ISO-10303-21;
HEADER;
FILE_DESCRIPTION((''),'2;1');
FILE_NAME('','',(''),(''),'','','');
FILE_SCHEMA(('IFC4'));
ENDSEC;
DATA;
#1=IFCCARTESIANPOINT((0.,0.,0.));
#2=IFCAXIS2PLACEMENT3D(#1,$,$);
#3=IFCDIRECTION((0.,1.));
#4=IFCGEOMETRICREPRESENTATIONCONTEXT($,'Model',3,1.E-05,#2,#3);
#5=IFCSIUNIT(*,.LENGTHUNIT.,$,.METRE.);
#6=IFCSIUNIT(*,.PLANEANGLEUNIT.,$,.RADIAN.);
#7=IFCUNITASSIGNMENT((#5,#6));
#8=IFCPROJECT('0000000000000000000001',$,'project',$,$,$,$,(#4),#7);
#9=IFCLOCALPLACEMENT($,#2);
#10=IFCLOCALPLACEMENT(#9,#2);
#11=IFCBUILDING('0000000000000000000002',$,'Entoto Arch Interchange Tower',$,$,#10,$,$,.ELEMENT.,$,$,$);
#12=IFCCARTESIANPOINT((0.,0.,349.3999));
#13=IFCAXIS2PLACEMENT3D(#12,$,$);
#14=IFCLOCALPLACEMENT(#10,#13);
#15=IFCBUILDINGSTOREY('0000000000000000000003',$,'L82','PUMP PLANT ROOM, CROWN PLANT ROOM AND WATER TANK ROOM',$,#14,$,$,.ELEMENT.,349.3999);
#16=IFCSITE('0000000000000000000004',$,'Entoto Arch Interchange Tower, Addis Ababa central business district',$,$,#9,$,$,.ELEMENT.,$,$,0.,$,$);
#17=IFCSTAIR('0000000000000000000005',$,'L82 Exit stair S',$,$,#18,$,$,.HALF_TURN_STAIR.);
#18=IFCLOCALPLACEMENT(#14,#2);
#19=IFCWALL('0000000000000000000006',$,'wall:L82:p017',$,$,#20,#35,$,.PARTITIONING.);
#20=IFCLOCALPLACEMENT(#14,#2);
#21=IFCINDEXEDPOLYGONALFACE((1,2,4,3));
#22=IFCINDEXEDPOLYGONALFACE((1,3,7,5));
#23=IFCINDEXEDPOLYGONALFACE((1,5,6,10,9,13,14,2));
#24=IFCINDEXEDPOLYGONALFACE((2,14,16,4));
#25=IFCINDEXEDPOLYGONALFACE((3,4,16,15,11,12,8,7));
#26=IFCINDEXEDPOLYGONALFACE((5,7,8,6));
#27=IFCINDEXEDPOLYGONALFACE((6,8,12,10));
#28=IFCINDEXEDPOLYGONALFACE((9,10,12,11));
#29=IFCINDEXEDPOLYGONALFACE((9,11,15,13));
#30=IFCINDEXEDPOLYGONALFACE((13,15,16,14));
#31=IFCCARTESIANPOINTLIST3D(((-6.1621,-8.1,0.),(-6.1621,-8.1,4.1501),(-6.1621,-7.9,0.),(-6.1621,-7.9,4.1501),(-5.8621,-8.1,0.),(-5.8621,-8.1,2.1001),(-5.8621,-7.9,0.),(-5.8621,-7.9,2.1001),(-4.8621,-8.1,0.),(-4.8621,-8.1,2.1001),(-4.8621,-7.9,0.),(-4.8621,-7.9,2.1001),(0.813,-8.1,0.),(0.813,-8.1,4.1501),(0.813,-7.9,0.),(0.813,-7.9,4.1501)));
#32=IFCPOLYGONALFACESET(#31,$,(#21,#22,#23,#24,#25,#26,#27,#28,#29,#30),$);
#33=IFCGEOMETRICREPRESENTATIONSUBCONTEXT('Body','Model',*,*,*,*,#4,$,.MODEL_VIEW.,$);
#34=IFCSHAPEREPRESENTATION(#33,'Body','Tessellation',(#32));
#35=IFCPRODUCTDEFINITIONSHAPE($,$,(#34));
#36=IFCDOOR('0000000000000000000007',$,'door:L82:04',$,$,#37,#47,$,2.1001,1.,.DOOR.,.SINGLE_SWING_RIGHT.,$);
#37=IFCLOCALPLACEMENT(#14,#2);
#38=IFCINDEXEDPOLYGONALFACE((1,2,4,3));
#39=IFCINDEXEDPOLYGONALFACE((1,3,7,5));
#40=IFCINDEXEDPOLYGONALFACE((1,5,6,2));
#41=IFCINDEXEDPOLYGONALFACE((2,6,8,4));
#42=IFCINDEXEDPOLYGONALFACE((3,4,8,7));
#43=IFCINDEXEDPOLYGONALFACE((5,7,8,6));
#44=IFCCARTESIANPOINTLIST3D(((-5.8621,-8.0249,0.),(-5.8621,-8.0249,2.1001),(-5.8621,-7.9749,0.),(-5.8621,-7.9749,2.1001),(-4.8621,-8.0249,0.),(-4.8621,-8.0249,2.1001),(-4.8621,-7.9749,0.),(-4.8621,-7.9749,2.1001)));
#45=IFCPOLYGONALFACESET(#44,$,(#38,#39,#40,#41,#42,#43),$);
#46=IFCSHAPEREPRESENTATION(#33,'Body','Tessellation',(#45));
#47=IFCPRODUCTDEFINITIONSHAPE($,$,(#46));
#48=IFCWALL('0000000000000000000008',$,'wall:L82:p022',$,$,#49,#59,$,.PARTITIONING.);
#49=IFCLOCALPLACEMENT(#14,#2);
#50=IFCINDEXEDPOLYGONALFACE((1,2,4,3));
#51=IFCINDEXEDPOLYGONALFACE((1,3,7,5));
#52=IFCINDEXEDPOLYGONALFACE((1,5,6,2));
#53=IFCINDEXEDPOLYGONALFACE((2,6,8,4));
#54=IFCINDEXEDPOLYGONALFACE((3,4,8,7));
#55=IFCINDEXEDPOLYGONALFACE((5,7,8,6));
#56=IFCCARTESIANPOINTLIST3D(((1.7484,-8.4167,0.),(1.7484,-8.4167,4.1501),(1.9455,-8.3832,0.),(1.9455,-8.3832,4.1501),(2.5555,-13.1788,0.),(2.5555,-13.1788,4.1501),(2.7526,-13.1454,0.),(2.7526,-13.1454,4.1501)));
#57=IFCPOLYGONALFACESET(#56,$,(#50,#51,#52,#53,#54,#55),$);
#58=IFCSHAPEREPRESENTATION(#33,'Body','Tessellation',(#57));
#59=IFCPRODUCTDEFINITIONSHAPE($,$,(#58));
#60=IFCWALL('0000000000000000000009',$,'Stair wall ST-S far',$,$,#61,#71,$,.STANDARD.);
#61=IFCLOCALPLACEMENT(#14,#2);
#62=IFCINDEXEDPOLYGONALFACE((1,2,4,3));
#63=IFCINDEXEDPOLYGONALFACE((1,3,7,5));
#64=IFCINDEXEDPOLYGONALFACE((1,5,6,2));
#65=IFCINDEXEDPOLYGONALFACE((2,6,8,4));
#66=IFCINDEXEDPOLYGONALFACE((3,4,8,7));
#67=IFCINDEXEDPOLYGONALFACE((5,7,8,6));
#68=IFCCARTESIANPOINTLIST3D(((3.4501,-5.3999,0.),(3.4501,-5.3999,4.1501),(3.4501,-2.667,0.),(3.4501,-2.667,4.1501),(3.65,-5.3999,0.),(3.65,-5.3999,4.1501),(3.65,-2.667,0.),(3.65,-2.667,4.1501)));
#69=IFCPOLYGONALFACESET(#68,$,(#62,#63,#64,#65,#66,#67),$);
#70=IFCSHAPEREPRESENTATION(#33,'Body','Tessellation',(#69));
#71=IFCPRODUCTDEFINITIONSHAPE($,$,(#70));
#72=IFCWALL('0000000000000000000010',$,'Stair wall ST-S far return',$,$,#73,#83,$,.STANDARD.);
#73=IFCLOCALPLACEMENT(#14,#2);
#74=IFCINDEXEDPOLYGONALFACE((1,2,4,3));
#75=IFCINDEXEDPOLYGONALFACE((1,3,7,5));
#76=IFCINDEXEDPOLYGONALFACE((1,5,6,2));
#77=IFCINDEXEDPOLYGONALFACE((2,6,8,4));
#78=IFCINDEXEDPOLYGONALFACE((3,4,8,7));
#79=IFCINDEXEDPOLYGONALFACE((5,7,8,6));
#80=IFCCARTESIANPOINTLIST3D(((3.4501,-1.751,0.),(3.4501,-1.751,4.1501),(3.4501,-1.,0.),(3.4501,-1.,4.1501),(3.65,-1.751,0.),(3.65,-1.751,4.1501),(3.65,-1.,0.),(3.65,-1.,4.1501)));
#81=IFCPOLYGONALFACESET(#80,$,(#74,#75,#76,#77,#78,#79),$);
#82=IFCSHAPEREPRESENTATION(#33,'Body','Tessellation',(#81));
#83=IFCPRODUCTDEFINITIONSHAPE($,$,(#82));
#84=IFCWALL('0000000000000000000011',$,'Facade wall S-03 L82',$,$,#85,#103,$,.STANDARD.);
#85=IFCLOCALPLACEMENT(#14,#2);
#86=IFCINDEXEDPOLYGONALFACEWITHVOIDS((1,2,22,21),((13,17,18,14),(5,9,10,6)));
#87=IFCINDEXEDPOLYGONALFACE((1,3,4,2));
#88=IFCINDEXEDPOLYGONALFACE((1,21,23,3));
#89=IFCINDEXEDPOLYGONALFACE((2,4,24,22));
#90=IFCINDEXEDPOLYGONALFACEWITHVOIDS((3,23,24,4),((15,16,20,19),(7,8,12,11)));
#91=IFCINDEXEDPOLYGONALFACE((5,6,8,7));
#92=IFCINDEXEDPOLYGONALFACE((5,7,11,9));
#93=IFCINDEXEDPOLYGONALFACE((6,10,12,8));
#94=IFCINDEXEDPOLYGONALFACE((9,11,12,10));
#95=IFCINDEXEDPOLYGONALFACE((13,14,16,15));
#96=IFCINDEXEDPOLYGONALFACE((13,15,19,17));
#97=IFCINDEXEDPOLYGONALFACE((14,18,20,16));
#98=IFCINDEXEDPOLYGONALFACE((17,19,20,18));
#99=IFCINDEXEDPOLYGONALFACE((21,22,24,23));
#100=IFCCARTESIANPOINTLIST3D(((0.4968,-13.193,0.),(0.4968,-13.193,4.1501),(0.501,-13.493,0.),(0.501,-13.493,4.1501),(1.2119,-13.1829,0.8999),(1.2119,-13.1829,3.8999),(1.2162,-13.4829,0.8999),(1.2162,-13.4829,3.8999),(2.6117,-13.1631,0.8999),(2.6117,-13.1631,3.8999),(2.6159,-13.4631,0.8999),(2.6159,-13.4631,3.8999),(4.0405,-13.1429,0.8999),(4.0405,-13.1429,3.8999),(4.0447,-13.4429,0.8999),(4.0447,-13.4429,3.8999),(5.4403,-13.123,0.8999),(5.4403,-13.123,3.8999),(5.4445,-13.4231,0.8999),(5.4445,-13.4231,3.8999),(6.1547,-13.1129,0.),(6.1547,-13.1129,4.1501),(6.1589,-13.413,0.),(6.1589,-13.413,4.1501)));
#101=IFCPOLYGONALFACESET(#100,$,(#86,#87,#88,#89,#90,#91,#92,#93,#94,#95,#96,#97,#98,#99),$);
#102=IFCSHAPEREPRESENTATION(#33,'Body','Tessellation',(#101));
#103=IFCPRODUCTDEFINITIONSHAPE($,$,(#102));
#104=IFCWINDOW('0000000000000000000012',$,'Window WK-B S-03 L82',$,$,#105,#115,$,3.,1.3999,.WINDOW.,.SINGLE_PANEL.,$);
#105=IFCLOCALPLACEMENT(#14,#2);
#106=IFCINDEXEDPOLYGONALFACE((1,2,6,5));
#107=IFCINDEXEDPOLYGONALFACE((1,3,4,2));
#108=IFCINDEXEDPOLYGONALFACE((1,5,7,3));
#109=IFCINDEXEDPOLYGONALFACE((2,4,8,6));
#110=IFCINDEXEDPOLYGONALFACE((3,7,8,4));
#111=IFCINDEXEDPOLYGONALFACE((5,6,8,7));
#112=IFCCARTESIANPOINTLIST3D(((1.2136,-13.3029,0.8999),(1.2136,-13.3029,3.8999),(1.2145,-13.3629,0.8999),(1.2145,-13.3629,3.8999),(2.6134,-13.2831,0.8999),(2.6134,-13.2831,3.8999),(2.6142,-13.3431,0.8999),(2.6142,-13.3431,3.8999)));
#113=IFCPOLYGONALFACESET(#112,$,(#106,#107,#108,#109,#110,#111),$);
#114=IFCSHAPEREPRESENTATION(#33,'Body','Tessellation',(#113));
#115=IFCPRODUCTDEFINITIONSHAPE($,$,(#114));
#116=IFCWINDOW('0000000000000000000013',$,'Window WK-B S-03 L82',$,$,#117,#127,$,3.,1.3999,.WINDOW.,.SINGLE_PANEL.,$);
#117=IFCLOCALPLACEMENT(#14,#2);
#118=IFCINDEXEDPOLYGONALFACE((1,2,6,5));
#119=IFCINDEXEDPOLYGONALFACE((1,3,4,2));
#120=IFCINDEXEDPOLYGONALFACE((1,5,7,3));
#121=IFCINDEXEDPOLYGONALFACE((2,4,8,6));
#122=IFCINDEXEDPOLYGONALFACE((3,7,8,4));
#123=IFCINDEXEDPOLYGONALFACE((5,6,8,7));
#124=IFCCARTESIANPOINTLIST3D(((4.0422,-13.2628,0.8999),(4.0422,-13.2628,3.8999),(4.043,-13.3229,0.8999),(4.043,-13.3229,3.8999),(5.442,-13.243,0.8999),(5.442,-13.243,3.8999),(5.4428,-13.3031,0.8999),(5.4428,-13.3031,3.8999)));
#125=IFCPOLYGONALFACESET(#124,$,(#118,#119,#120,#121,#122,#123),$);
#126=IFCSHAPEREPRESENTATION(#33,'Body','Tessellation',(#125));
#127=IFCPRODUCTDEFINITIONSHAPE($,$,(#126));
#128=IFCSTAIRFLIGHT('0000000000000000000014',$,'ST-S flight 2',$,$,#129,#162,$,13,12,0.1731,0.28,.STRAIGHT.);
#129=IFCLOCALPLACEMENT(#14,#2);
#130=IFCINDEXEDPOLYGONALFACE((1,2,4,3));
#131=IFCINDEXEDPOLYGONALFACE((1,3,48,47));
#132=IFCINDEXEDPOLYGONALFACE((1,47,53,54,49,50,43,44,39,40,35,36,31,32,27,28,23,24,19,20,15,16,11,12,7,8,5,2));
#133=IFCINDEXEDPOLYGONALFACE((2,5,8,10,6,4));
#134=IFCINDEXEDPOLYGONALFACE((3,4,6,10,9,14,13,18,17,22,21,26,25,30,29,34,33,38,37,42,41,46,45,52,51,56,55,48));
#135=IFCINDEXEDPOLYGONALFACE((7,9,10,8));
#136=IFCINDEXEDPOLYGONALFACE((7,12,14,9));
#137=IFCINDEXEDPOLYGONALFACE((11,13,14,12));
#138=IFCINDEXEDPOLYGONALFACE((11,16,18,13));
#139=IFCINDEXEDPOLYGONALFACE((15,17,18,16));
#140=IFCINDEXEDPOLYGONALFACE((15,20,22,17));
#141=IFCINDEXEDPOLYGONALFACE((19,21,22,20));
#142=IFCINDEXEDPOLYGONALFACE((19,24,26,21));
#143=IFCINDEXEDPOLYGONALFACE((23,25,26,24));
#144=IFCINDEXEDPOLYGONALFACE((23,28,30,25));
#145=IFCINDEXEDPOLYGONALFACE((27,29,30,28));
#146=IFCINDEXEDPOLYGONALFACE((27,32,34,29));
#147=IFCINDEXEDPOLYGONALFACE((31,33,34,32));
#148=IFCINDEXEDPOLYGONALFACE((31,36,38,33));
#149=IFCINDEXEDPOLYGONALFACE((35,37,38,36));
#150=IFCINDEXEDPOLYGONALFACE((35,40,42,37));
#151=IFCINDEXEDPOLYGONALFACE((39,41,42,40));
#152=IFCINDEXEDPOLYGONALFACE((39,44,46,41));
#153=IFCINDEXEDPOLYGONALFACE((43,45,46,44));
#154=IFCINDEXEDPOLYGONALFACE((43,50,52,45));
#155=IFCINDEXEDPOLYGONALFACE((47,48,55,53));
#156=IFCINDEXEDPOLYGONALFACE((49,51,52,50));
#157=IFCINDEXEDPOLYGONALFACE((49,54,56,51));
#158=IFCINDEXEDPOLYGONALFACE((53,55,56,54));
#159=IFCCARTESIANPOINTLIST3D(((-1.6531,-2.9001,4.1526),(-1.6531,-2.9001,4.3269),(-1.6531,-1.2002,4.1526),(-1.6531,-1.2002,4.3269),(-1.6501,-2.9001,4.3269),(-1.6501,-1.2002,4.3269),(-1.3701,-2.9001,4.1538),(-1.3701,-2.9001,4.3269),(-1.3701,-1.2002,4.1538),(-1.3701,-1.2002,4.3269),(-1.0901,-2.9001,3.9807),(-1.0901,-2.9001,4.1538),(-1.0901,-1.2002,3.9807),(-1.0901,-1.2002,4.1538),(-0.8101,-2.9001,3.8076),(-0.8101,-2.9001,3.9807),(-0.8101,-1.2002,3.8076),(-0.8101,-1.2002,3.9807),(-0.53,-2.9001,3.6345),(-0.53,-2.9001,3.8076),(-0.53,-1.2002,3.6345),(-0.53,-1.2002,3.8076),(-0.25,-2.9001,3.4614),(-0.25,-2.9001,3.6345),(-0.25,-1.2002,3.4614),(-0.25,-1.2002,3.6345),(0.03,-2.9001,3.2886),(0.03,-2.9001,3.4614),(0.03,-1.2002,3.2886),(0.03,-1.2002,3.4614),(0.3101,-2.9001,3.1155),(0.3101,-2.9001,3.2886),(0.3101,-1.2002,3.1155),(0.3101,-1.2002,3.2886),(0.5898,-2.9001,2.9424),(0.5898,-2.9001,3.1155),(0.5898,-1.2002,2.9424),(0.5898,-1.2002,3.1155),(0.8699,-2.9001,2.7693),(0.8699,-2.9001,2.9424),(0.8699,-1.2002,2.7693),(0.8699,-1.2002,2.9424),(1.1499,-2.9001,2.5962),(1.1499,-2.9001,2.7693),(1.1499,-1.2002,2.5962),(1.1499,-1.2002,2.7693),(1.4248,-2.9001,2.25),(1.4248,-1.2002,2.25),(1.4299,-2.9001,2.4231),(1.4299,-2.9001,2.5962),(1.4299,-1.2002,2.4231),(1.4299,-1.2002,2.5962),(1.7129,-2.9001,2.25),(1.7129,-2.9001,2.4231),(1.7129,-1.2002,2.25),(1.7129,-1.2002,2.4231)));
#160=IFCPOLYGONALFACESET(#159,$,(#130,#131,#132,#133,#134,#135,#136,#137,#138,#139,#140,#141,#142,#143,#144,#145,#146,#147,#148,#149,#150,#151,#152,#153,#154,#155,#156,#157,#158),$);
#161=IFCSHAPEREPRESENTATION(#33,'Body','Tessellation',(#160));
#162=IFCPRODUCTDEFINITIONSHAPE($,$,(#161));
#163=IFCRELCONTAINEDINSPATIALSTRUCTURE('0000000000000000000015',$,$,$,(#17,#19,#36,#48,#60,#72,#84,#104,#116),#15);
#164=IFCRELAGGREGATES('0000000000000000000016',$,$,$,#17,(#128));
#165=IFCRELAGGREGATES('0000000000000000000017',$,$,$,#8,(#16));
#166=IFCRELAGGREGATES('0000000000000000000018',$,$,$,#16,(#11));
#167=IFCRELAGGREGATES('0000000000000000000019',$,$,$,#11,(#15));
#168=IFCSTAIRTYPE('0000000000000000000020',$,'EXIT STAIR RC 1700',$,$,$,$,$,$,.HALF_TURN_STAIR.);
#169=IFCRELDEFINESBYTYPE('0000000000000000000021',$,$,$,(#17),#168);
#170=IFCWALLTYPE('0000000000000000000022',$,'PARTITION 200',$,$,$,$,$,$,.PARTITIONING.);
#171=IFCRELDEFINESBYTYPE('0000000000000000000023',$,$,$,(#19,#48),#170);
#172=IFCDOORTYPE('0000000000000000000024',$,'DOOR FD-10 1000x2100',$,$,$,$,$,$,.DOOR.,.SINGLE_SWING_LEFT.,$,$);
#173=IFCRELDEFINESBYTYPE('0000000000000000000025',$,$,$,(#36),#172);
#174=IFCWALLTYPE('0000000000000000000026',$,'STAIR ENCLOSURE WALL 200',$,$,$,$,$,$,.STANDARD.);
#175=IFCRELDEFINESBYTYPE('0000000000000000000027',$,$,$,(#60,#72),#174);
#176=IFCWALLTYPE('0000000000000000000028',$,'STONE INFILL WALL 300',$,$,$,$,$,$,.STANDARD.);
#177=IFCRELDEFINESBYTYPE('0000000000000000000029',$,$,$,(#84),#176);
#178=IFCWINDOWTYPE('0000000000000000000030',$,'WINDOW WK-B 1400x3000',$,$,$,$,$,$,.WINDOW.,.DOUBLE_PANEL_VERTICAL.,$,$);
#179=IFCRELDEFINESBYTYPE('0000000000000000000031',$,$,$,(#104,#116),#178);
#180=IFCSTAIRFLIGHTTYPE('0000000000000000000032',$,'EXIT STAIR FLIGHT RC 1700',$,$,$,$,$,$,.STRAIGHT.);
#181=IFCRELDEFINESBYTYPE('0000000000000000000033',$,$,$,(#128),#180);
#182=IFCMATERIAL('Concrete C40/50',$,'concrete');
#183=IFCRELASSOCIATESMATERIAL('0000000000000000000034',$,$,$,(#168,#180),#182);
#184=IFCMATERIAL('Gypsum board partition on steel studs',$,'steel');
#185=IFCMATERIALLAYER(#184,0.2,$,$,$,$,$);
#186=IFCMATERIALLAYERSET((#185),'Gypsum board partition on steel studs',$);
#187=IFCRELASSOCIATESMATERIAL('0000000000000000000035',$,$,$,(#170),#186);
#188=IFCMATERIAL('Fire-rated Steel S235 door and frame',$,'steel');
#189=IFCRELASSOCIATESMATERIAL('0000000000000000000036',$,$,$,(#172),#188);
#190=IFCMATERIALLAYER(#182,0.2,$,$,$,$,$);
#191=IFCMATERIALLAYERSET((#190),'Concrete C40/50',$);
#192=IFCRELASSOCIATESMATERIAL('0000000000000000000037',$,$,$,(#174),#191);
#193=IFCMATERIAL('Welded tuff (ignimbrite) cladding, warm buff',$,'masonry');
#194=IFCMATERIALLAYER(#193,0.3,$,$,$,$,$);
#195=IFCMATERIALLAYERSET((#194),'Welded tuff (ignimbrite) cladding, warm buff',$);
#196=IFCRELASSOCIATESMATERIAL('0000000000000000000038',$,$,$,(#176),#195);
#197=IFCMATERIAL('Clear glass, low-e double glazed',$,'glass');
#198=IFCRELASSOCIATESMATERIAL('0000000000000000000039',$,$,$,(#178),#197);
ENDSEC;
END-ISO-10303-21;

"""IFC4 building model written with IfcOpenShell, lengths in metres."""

from ifc_helpers import new_model, si_unit, direction, frame, frame_2d, origin, place, context, subcontext, project, spatial, polyline, rectangle, outline, extrude, material, layer, layer_set, type_object, element, fill, aggregate, save


model = new_model("IFC4")

# Units and contexts
model_context = context("Model", 3, precision=1e-05, world=origin(), true_north=direction((0.0, 1.0)))
body_context = subcontext(model_context, "Body", "Model", "MODEL_VIEW")
ifc_project = project(units=[si_unit("LENGTHUNIT", "METRE"), si_unit("PLANEANGLEUNIT", "RADIAN")], contexts=[model_context])

# Site, building, storey
site_placement = place(None, origin())
site = spatial("IfcSite", under=ifc_project, at=site_placement, Name="Entoto Arch Interchange Tower, Addis Ababa central business district", CompositionType="ELEMENT", RefElevation=0.0)
building_placement = place(site_placement, origin())
building = spatial("IfcBuilding", under=site, at=building_placement, Name="Entoto Arch Interchange Tower", CompositionType="ELEMENT")
storey_placement = place(building_placement, frame((0.0, 0.0, 349.3999)))
storey = spatial("IfcBuildingStorey", under=building, at=storey_placement, Name="L82", Description="PUMP PLANT ROOM, CROWN PLANT ROOM AND WATER TANK ROOM", CompositionType="ELEMENT", Elevation=349.3999)

# Shared definitions
ifc_material_1 = material(Name="Concrete C40/50", Category="concrete")

# Stair
stair_type = type_object("IfcStairType", Name="EXIT STAIR RC 1700", PredefinedType="HALF_TURN_STAIR", material=ifc_material_1)
stair_1_placement = place(storey_placement, origin())
stair_1 = element("IfcStair", 1, at=stair_1_placement, inside=storey, type_object=stair_type, Name="L82 Exit stair S", PredefinedType="HALF_TURN_STAIR")

# Shared definitions
ifc_material_2 = material(Name="Gypsum board partition on steel studs", Category="steel")
ifc_layer_1 = layer(ifc_material_2, 0.2)
ifc_layer_set_1 = layer_set([ifc_layer_1], Name="Gypsum board partition on steel studs")
wall_type_1 = type_object("IfcWallType", Name="PARTITION 200", PredefinedType="PARTITIONING", material=ifc_layer_set_1)
ifc_material_3 = material(Name="Fire-rated Steel S235 door and frame", Category="steel")
door_type_1 = type_object("IfcDoorType", Name="DOOR FD-10 1000x2100", OperationType="SINGLE_SWING_LEFT", PredefinedType="DOOR", material=ifc_material_3)

# Wall, opening, door
wall_1_placement = place(storey_placement, frame((0.813, -8.0, 0.0), z_axis=(0.0, 0.0, 1.0), x_axis=(-1.0, 0.0, 0.0)))
wall_1 = element("IfcWall", 2, at=wall_1_placement, inside=storey, type_object=wall_type_1, Name="wall:L82:p017", PredefinedType="PARTITIONING", context=body_context, shape_type="SweptSolid", body=[
    extrude(rectangle(XDim=6.9751, YDim=0.2, at=frame_2d((3.4875, 0.0))), origin(), (0.0, 0.0, 1.0), 4.1501),
])
opening_1_placement = place(wall_1_placement, frame((5.675, 0.0, 0.0)))
opening_1 = element("IfcOpeningElement", 3, at=opening_1_placement, cuts=wall_1, PredefinedType="OPENING", context=body_context, shape_type="SweptSolid", body=[
    extrude(rectangle(XDim=1.0, YDim=2.1001, at=frame_2d((0.5, 1.05))), frame((0.0, 0.1099, 0.0), z_axis=(0.0, -1.0, 0.0), x_axis=(1.0, 0.0, 0.0)), (0.0, 0.0, 1.0), 0.22),
])
door_1_placement = place(opening_1_placement, origin())
door_1 = element("IfcDoor", 4, at=door_1_placement, inside=storey, type_object=door_type_1, Name="door:L82:04", OperationType="SINGLE_SWING_RIGHT", OverallHeight=2.1001, OverallWidth=1.0, PredefinedType="DOOR", context=body_context, shape_type="SweptSolid", body=[
    extrude(rectangle(XDim=1.0, YDim=2.1001, at=frame_2d((0.5, 1.05))), frame((0.0, 0.0249, 0.0), z_axis=(0.0, -1.0, 0.0), x_axis=(1.0, 0.0, 0.0)), (0.0, 0.0, 1.0), 0.05),
])
fill(opening_1, door_1)

# Walls
wall_2_placement = place(storey_placement, frame((2.6541, -13.1621, 0.0), z_axis=(0.0, 0.0, 1.0), x_axis=(-0.167103, 0.985939, 0.0)))
element("IfcWall", 5, at=wall_2_placement, inside=storey, type_object=wall_type_1, Name="wall:L82:p022", PredefinedType="PARTITIONING", context=body_context, shape_type="SweptSolid", body=[
    extrude(rectangle(XDim=4.8301, YDim=0.2, at=frame_2d((2.415, 0.0))), origin(), (0.0, 0.0, 1.0), 4.1501),
])
ifc_layer_2 = layer(ifc_material_1, 0.2)
ifc_layer_set_2 = layer_set([ifc_layer_2], Name="Concrete C40/50")
wall_type_2 = type_object("IfcWallType", Name="STAIR ENCLOSURE WALL 200", PredefinedType="STANDARD", material=ifc_layer_set_2)
wall_3_placement = place(storey_placement, frame((3.55, -2.667, 0.0), z_axis=(0.0, 0.0, 1.0), x_axis=(0.0, -1.0, 0.0)))
element("IfcWall", 6, at=wall_3_placement, inside=storey, type_object=wall_type_2, Name="Stair wall ST-S far", PredefinedType="STANDARD", context=body_context, shape_type="SweptSolid", body=[
    extrude(rectangle(XDim=2.7329, YDim=0.2, at=frame_2d((1.3665, 0.0))), origin(), (0.0, 0.0, 1.0), 4.1501),
])
wall_4_placement = place(storey_placement, frame((3.55, -1.0, 0.0), z_axis=(0.0, 0.0, 1.0), x_axis=(0.0, -1.0, 0.0)))
element("IfcWall", 7, at=wall_4_placement, inside=storey, type_object=wall_type_2, Name="Stair wall ST-S far return", PredefinedType="STANDARD", context=body_context, shape_type="SweptSolid", body=[
    extrude(rectangle(XDim=0.751, YDim=0.2, at=frame_2d((0.3755, 0.0))), origin(), (0.0, 0.0, 1.0), 4.1501),
])

# Wall, openings, windows
ifc_material_4 = material(Name="Welded tuff (ignimbrite) cladding, warm buff", Category="masonry")
ifc_layer_3 = layer(ifc_material_4, 0.3)
ifc_layer_set_3 = layer_set([ifc_layer_3], Name="Welded tuff (ignimbrite) cladding, warm buff")
wall_type_3 = type_object("IfcWallType", Name="STONE INFILL WALL 300", PredefinedType="STANDARD", material=ifc_layer_set_3)
wall_5_placement = place(storey_placement, frame((0.499, -13.343, 0.0), z_axis=(0.0, 0.0, 1.0), x_axis=(0.9999, 0.014152, 0.0)))
wall_5 = element("IfcWall", 8, at=wall_5_placement, inside=storey, type_object=wall_type_3, Name="Facade wall S-03 L82", PredefinedType="STANDARD", context=body_context, shape_type="SweptSolid", body=[
    extrude(rectangle(XDim=5.6584, YDim=0.3, at=frame_2d((2.8291, 0.0))), origin(), (0.0, 0.0, 1.0), 4.1501),
])
opening_2_placement = place(wall_5_placement, frame((0.7151, 0.0, 0.8999)))
opening_2 = element("IfcOpeningElement", 9, at=opening_2_placement, cuts=wall_5, PredefinedType="OPENING", context=body_context, shape_type="SweptSolid", body=[
    extrude(rectangle(XDim=1.3999, YDim=3.0, at=frame_2d((0.7, 1.5))), frame((0.0, 0.1602, 0.0), z_axis=(0.0, -1.0, 0.0), x_axis=(1.0, 0.0, 0.0)), (0.0, 0.0, 1.0), 0.3201),
])
opening_3_placement = place(wall_5_placement, frame((3.5439, 0.0, 0.8999)))
opening_3 = element("IfcOpeningElement", 10, at=opening_3_placement, cuts=wall_5, PredefinedType="OPENING", context=body_context, shape_type="SweptSolid", body=[
    extrude(rectangle(XDim=1.3999, YDim=3.0, at=frame_2d((0.7, 1.5))), frame((0.0, 0.1602, 0.0), z_axis=(0.0, -1.0, 0.0), x_axis=(1.0, 0.0, 0.0)), (0.0, 0.0, 1.0), 0.3201),
])
ifc_material_5 = material(Name="Clear glass, low-e double glazed", Category="glass")
window_type = type_object("IfcWindowType", Name="WINDOW WK-B 1400x3000", PartitioningType="DOUBLE_PANEL_VERTICAL", PredefinedType="WINDOW", material=ifc_material_5)
window_1_placement = place(opening_2_placement, origin())
window_1 = element("IfcWindow", 11, at=window_1_placement, inside=storey, type_object=window_type, Name="Window WK-B S-03 L82", OverallHeight=3.0, OverallWidth=1.3999, PartitioningType="SINGLE_PANEL", PredefinedType="WINDOW", context=body_context, shape_type="SweptSolid", body=[
    extrude(rectangle(XDim=1.3999, YDim=3.0, at=frame_2d((0.7, 1.5))), frame((0.0, 0.03, 0.0), z_axis=(0.0, -1.0, 0.0), x_axis=(1.0, 0.0, 0.0)), (0.0, 0.0, 1.0), 0.0601),
])
fill(opening_2, window_1)
window_2_placement = place(opening_3_placement, origin())
window_2 = element("IfcWindow", 12, at=window_2_placement, inside=storey, type_object=window_type, Name="Window WK-B S-03 L82", OverallHeight=3.0, OverallWidth=1.3999, PartitioningType="SINGLE_PANEL", PredefinedType="WINDOW", context=body_context, shape_type="SweptSolid", body=[
    extrude(rectangle(XDim=1.3999, YDim=3.0, at=frame_2d((0.7, 1.5))), frame((0.0, 0.03, 0.0), z_axis=(0.0, -1.0, 0.0), x_axis=(1.0, 0.0, 0.0)), (0.0, 0.0, 1.0), 0.0601),
])
fill(opening_3, window_2)

# Stair flight
stair_flight_type = type_object("IfcStairFlightType", Name="EXIT STAIR FLIGHT RC 1700", PredefinedType="STRAIGHT", material=ifc_material_1)
stair_flight_placement = place(storey_placement, frame((1.71, -2.05, 2.25), z_axis=(0.0, 0.0, 1.0), x_axis=(-1.0, 0.0, 0.0)))
stair_flight = element("IfcStairFlight", 13, at=stair_flight_placement, type_object=stair_flight_type, Name="ST-S flight 2", NumberOfRisers=13, NumberOfTreads=12, PredefinedType="STRAIGHT", RiserHeight=0.1731, TreadLength=0.28, context=body_context, shape_type="SweptSolid", body=[
    extrude(outline(polyline([(-0.0029, 0.0), (-0.0029, 0.1731), (0.28, 0.1731), (0.28, 0.3462), (0.5601, 0.3462), (0.5601, 0.5193), (0.8401, 0.5193), (0.8401, 0.6924), (1.1201, 0.6924), (1.1201, 0.8655), (1.3999, 0.8655), (1.3999, 1.0386), (1.6799, 1.0386), (1.6799, 1.2114), (1.96, 1.2114), (1.96, 1.3845), (2.24, 1.3845), (2.24, 1.5576), (2.52, 1.5576), (2.52, 1.7307), (2.8, 1.7307), (2.8, 1.9038), (3.0801, 1.9038), (3.0801, 2.0769), (3.3601, 2.0769), (3.363, 2.0769), (3.363, 1.9026), (0.2852, 0.0), (-0.0029, 0.0)])), frame((0.0, 0.8501, 0.0), z_axis=(0.0, -1.0, 0.0), x_axis=(1.0, 0.0, 0.0)), (0.0, 0.0, 1.0), 1.7),
])
aggregate(stair_1, [stair_flight])

save(model, "model.ifc")
